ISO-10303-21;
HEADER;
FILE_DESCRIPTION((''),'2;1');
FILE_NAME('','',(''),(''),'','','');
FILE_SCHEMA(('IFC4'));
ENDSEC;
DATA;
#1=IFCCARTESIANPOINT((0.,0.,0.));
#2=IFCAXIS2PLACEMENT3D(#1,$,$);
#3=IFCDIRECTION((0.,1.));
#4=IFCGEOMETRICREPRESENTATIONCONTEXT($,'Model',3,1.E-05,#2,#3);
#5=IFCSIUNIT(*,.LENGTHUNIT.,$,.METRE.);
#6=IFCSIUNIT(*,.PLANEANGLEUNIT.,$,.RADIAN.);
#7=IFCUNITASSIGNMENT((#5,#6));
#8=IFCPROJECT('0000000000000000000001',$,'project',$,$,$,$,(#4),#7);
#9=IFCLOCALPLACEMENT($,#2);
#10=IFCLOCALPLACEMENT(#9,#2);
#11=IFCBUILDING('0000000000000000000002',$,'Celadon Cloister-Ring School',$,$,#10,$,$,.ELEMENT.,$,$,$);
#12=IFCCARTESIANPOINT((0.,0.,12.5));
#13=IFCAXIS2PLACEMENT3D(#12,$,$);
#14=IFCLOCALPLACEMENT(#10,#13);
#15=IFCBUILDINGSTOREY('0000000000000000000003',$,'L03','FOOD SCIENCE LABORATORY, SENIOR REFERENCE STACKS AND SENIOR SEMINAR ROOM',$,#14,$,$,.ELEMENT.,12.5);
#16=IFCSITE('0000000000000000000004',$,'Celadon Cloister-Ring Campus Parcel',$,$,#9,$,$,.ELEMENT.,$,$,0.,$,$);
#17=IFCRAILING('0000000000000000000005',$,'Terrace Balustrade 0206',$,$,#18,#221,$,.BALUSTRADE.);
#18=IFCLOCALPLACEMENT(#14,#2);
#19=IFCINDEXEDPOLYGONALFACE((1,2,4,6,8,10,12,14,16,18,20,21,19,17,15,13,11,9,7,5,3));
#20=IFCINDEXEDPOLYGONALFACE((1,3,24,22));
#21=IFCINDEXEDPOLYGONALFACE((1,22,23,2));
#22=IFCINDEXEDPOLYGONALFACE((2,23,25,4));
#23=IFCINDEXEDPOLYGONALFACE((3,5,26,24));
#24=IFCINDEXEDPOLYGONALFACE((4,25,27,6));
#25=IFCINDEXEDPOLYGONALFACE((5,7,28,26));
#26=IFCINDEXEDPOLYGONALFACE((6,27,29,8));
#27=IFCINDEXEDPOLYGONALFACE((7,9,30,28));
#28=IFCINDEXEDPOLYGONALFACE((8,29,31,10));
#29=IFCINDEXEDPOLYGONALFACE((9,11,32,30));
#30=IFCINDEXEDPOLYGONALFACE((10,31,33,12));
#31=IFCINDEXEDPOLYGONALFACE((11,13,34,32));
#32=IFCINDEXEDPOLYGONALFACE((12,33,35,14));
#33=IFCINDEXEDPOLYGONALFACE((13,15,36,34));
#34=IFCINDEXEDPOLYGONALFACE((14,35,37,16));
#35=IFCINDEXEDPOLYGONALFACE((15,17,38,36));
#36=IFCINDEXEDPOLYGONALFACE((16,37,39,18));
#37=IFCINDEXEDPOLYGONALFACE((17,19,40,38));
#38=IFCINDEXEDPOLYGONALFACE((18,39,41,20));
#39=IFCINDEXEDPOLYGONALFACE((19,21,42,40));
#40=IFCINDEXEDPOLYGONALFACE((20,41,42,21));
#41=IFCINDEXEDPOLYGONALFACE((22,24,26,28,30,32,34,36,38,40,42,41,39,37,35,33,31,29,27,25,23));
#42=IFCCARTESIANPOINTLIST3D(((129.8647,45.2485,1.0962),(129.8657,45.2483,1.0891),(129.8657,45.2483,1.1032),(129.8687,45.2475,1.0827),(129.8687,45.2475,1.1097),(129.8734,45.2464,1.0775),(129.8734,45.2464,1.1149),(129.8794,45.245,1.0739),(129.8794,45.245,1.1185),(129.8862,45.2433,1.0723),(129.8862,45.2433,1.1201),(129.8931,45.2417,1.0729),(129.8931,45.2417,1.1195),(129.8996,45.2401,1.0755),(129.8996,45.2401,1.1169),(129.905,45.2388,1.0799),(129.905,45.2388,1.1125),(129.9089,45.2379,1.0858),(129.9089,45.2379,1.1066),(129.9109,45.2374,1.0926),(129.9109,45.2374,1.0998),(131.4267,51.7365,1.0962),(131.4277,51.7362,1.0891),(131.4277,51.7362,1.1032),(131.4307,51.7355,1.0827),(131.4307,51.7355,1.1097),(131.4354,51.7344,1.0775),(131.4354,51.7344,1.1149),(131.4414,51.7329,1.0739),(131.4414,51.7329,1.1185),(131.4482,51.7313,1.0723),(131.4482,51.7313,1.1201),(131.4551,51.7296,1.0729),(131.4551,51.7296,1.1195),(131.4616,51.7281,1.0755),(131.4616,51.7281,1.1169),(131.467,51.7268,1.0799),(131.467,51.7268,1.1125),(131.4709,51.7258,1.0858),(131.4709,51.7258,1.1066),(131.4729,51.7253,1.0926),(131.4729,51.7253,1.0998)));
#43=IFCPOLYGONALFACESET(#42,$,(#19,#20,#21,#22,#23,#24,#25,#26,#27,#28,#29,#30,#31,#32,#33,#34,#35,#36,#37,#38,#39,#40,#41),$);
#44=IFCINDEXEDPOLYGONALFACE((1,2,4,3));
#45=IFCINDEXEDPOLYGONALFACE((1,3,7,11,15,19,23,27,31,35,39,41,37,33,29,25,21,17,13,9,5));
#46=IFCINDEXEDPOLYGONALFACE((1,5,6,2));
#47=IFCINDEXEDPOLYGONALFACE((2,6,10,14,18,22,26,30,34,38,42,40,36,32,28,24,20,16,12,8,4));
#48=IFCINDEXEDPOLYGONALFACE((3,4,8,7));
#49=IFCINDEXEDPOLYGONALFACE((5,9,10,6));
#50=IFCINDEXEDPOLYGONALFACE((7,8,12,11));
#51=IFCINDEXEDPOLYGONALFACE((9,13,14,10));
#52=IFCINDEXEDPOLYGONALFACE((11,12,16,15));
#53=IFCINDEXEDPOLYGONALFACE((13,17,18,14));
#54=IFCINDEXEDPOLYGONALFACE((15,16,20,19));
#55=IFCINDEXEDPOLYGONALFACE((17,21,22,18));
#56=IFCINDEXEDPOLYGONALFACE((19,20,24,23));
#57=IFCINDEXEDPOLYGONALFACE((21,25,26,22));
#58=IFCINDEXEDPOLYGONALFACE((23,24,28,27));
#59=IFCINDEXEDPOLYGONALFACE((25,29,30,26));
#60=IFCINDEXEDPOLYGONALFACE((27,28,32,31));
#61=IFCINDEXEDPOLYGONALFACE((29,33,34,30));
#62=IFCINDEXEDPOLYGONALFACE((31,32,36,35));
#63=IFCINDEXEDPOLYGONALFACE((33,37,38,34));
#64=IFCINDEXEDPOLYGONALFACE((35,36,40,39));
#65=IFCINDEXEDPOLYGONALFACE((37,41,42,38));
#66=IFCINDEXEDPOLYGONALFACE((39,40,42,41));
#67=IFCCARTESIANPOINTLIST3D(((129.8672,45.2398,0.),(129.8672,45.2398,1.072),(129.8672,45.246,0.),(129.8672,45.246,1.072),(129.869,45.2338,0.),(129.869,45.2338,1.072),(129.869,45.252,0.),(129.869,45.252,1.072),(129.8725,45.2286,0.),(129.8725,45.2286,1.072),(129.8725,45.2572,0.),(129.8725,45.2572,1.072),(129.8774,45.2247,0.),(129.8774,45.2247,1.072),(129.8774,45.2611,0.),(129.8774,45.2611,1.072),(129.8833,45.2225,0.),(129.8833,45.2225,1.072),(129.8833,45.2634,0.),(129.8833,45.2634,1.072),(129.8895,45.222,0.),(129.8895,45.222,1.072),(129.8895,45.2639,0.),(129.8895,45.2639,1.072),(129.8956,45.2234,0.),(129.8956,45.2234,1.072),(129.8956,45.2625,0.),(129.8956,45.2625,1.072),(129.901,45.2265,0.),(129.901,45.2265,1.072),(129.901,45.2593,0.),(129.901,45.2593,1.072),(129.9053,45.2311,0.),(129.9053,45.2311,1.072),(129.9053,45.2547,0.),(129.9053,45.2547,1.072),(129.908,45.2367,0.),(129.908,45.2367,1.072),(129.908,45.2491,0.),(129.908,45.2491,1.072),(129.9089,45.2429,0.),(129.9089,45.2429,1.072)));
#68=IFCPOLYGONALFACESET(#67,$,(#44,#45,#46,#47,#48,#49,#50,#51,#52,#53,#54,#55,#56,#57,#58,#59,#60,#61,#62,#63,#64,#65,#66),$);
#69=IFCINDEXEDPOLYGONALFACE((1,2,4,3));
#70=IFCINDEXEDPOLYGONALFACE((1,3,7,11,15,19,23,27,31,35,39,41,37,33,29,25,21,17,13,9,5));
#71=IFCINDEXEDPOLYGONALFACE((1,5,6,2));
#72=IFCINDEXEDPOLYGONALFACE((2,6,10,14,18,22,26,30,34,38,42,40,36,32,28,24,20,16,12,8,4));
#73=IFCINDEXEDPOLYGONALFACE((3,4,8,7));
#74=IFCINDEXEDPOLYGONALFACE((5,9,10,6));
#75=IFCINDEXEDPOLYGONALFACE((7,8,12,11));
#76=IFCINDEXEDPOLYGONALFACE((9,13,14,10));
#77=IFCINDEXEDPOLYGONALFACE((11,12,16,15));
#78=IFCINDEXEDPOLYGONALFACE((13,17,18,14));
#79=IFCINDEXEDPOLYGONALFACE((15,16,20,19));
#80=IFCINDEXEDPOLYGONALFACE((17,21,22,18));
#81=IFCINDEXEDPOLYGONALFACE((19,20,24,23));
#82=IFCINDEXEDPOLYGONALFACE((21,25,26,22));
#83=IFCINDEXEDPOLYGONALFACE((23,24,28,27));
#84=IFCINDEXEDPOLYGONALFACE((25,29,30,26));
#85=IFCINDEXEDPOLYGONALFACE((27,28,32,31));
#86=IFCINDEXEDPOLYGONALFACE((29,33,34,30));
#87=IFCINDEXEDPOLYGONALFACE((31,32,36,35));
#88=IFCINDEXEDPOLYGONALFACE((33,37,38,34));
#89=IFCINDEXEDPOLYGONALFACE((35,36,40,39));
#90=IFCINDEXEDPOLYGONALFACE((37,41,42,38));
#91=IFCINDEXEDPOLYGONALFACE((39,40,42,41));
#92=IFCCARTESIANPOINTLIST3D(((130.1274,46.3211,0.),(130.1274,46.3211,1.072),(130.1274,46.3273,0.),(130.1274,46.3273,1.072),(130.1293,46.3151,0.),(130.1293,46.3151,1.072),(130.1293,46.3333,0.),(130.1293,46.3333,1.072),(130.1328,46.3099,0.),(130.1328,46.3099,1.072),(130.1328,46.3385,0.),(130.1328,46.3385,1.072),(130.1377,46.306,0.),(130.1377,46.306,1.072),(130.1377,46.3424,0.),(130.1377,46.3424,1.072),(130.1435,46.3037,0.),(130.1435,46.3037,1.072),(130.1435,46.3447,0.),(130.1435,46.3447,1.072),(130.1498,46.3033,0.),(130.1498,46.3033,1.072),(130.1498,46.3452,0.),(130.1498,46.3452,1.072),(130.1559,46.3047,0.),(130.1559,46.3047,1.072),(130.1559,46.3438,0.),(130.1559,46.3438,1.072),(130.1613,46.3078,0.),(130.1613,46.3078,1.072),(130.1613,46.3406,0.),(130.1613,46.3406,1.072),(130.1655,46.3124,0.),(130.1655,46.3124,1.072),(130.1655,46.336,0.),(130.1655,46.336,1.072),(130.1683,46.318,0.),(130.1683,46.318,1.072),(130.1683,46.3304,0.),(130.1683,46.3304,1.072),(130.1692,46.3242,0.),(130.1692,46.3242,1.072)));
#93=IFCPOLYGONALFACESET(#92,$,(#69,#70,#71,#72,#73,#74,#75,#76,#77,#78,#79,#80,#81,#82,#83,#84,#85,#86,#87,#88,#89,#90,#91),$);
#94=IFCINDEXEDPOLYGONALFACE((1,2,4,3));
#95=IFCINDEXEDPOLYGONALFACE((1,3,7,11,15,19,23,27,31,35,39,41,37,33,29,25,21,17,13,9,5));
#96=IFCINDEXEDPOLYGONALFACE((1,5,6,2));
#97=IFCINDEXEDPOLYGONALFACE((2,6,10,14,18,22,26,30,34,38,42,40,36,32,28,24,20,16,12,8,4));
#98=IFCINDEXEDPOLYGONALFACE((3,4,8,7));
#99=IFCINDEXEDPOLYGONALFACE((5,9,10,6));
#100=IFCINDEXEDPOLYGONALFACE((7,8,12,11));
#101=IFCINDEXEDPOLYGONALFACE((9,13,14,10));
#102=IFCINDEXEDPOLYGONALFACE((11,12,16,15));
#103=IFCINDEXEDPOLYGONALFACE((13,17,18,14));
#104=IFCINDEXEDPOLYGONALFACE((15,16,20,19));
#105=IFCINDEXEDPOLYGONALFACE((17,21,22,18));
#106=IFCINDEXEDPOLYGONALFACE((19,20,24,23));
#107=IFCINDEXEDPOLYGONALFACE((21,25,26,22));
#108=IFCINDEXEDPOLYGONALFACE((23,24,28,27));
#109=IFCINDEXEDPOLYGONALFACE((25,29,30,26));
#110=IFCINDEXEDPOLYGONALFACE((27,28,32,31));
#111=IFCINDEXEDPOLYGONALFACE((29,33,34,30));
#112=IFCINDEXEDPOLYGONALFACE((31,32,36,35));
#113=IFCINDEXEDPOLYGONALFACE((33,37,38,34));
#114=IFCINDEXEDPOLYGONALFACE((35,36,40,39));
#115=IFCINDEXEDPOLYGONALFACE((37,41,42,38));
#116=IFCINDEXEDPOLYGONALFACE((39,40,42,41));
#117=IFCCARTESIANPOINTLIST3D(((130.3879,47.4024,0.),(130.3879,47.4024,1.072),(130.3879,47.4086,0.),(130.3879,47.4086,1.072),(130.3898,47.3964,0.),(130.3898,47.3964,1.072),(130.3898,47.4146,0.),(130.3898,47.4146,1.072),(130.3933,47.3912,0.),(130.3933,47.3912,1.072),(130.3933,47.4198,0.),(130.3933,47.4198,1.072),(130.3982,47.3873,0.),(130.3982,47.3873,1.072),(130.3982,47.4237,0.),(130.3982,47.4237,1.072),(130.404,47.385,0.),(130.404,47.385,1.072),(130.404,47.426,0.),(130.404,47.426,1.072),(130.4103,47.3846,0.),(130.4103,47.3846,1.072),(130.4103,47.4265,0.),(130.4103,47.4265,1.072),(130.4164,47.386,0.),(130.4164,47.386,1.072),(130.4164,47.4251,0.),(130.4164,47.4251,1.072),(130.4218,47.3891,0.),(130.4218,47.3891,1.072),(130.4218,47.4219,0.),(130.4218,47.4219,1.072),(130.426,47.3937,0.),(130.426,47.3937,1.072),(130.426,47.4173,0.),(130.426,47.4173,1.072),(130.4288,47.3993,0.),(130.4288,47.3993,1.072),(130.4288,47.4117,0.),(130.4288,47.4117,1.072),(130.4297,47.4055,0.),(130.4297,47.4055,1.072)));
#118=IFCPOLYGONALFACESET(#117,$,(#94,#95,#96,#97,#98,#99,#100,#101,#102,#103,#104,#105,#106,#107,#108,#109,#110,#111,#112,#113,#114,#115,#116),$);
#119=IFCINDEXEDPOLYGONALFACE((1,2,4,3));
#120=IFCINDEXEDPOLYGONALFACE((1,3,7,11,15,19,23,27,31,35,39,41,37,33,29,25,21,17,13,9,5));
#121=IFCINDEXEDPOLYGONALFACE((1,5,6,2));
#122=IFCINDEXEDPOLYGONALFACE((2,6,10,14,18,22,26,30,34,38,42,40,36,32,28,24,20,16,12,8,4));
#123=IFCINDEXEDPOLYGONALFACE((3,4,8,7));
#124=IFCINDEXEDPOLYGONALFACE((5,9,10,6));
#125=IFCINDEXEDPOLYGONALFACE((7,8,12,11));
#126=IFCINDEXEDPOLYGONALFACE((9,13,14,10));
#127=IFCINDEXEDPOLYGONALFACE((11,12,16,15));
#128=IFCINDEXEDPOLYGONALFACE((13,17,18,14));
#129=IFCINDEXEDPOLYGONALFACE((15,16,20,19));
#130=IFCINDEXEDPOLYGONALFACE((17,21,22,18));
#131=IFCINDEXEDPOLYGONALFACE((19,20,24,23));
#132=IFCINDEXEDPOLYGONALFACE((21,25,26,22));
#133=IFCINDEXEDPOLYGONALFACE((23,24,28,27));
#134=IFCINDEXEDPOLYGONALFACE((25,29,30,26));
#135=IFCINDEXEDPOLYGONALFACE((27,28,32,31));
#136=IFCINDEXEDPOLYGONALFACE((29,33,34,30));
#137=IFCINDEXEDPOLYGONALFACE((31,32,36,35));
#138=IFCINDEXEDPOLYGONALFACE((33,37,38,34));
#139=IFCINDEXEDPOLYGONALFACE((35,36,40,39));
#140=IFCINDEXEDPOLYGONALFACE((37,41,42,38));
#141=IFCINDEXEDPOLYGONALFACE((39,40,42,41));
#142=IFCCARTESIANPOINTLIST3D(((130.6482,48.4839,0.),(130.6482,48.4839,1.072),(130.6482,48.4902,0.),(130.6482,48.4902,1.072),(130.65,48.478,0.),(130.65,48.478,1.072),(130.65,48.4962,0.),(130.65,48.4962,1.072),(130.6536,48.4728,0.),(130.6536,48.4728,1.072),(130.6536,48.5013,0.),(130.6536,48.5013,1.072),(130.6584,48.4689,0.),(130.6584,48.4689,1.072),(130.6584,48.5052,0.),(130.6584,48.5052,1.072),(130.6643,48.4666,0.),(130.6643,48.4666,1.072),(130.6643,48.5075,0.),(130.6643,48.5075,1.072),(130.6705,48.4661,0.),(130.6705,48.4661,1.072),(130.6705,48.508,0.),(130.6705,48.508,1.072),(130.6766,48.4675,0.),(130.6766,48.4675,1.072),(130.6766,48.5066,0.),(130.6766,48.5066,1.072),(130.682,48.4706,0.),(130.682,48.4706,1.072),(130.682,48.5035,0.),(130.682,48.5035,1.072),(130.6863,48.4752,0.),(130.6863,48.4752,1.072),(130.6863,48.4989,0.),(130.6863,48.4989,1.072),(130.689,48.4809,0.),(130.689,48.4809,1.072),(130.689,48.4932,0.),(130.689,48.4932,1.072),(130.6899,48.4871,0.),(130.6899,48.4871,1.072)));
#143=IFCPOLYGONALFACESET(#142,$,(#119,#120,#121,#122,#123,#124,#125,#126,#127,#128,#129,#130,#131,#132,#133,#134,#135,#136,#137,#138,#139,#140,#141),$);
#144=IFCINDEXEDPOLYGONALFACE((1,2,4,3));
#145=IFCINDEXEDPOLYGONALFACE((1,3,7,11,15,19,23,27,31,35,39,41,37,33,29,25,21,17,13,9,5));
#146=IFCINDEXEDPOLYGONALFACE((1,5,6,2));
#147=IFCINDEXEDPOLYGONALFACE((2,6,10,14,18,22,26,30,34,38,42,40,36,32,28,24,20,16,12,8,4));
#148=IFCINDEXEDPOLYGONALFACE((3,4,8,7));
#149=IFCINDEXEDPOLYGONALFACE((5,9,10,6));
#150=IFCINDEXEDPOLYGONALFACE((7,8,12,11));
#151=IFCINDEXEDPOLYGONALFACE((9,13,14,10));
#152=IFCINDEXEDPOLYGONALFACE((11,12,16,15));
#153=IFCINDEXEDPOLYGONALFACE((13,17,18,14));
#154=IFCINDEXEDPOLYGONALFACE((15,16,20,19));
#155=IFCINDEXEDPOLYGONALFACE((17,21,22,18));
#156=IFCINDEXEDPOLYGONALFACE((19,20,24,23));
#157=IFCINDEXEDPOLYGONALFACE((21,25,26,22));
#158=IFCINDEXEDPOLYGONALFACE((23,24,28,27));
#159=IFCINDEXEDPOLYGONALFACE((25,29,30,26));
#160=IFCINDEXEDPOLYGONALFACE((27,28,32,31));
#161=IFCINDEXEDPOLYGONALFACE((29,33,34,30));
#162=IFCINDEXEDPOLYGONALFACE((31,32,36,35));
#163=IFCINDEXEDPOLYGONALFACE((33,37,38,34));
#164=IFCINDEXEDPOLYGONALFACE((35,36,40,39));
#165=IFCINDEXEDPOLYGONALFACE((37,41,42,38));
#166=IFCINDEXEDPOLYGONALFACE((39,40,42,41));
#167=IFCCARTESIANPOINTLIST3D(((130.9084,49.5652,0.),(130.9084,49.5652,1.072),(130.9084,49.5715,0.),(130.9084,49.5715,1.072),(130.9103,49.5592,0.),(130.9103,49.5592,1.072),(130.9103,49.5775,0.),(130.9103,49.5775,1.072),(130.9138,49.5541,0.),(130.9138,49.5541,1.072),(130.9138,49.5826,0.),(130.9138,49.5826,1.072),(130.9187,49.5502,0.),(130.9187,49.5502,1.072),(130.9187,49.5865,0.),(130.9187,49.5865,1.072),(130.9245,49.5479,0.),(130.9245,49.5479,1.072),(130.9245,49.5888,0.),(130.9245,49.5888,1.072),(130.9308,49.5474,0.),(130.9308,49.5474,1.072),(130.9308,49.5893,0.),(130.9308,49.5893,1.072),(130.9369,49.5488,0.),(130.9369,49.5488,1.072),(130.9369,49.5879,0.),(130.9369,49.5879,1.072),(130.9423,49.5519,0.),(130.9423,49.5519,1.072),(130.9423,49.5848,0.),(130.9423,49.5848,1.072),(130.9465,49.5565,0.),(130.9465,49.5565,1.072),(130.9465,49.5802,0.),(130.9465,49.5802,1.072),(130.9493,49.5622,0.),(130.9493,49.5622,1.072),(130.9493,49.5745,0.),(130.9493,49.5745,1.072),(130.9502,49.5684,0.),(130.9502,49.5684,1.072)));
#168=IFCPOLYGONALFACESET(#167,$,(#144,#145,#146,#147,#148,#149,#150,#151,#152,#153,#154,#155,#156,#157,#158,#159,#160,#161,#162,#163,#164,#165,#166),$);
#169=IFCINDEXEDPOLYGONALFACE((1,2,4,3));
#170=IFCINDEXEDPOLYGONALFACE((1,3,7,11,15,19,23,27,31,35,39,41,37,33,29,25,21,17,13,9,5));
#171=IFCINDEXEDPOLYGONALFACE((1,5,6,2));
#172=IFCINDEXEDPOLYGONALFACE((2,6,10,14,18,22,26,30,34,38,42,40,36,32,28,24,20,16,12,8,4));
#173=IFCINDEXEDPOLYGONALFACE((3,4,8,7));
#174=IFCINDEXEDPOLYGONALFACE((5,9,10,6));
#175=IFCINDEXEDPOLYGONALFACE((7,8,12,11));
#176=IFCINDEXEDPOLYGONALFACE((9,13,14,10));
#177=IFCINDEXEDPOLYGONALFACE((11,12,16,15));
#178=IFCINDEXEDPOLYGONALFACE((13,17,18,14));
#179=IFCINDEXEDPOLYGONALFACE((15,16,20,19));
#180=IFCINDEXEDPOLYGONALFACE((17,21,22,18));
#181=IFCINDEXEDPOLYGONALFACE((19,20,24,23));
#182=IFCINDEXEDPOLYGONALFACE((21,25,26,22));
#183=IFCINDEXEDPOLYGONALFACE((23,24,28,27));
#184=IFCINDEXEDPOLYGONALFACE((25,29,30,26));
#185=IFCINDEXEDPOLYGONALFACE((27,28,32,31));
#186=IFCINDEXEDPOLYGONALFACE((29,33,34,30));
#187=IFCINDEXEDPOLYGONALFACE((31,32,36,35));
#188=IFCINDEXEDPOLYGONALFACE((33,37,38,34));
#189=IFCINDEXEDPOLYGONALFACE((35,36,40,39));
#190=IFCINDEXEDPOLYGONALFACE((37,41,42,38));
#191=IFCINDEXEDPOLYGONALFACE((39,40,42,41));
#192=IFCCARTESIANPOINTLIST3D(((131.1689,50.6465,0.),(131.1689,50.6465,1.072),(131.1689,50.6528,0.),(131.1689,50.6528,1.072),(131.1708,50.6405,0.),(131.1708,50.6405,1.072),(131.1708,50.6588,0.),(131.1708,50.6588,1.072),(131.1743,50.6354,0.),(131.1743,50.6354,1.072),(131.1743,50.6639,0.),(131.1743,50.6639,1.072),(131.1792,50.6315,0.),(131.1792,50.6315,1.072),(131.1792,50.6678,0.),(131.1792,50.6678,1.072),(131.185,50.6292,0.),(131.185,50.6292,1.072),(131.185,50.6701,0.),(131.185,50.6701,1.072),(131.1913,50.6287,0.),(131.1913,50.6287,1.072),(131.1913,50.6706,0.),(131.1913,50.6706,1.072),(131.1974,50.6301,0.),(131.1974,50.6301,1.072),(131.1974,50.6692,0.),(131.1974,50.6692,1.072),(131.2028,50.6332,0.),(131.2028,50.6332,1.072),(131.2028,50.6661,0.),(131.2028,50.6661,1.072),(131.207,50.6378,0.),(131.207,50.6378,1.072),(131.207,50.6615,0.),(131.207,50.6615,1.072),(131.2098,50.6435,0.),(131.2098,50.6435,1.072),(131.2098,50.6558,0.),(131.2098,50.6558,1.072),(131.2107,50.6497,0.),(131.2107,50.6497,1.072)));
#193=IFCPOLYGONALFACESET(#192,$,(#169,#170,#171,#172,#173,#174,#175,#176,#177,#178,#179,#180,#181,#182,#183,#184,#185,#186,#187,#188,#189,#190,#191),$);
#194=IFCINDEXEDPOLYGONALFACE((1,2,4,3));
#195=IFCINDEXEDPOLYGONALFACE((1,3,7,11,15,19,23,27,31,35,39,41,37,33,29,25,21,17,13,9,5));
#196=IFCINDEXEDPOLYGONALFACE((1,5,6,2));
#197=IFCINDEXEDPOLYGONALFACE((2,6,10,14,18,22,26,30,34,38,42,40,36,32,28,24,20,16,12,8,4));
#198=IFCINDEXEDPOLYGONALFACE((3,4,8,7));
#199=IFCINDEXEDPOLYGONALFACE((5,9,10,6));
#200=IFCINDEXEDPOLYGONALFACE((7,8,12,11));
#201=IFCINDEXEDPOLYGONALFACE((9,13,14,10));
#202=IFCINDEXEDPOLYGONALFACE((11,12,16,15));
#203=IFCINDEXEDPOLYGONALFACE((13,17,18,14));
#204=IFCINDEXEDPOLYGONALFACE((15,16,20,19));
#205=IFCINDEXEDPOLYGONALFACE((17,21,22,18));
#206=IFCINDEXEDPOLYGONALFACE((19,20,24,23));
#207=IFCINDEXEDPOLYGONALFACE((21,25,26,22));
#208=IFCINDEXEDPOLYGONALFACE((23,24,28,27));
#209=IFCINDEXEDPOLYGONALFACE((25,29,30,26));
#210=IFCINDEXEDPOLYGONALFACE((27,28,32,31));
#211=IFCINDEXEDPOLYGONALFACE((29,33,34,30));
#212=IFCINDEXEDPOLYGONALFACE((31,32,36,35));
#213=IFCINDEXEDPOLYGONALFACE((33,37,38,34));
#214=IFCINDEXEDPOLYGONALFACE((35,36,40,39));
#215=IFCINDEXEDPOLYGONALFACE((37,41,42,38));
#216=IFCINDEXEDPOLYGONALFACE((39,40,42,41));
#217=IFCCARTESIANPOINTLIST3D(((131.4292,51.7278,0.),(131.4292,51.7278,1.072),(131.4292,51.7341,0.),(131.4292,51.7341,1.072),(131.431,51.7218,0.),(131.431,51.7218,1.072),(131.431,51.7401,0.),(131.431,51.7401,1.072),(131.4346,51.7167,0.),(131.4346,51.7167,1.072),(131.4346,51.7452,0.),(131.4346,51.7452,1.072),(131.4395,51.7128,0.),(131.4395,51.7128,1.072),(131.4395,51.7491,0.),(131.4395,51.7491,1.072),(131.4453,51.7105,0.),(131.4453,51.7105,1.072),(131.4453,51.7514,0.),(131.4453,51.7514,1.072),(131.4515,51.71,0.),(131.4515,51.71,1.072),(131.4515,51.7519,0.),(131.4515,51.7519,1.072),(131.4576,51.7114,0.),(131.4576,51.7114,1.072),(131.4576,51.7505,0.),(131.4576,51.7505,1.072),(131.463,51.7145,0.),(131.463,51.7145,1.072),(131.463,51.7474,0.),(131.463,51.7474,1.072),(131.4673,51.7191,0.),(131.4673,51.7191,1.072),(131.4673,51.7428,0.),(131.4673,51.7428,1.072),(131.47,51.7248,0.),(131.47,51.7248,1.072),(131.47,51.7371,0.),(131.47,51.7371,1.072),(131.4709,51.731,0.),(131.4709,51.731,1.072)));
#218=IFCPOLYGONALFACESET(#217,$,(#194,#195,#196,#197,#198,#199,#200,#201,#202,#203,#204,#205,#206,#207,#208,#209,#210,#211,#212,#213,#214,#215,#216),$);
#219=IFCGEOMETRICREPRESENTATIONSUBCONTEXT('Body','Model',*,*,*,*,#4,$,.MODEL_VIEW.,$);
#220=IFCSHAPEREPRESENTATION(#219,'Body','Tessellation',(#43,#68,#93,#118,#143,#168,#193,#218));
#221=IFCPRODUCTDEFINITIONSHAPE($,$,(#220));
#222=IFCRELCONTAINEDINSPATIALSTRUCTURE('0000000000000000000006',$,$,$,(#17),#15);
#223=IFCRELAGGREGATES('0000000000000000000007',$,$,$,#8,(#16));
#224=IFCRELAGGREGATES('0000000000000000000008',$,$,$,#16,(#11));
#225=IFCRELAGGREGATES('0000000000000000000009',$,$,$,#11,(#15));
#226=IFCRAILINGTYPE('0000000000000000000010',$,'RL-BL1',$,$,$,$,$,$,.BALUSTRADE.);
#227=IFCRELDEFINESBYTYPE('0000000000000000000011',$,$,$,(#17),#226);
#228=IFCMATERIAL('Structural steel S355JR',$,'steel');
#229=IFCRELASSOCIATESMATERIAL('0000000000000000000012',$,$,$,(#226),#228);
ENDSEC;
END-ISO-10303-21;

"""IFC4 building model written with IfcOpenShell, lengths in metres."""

from ifc_helpers import new_model, si_unit, direction, frame, origin, origin_2d, place, context, subcontext, project, spatial, circle, extrude, material, type_object, element, save


model = new_model("IFC4")

# Units and contexts
model_context = context("Model", 3, precision=1e-05, world=origin(), true_north=direction((0.0, 1.0)))
body_context = subcontext(model_context, "Body", "Model", "MODEL_VIEW")
ifc_project = project(units=[si_unit("LENGTHUNIT", "METRE"), si_unit("PLANEANGLEUNIT", "RADIAN")], contexts=[model_context])

# Site, building, storey
site_placement = place(None, origin())
site = spatial("IfcSite", under=ifc_project, at=site_placement, Name="Celadon Cloister-Ring Campus Parcel", CompositionType="ELEMENT", RefElevation=0.0)
building_placement = place(site_placement, origin())
building = spatial("IfcBuilding", under=site, at=building_placement, Name="Celadon Cloister-Ring School", CompositionType="ELEMENT")
storey_placement = place(building_placement, frame((0.0, 0.0, 12.5)))
storey = spatial("IfcBuildingStorey", under=building, at=storey_placement, Name="L03", Description="FOOD SCIENCE LABORATORY, SENIOR REFERENCE STACKS AND SENIOR SEMINAR ROOM", CompositionType="ELEMENT", Elevation=12.5)

# Railing
ifc_material_1 = material(Name="Structural steel S355JR", Category="steel")
railing_type = type_object("IfcRailingType", Name="RL-BL1", PredefinedType="BALUSTRADE", material=ifc_material_1)
railing_placement = place(storey_placement, frame((129.8879, 45.2429, 0.0)))
element("IfcRailing", 1, at=railing_placement, inside=storey, type_object=railing_type, Name="Terrace Balustrade 0206", PredefinedType="BALUSTRADE", context=body_context, shape_type="SweptSolid", body=[
    extrude(circle(Radius=0.0239, at=origin_2d()), frame((0.0, 0.0, 1.0962), z_axis=(0.234065, 0.972221, 0.0), x_axis=(-0.972221, 0.234065, 0.0)), (0.0, 0.0, 1.0), 6.6733),
    extrude(circle(Radius=0.021, at=origin_2d()), origin(), (0.0, 0.0, 1.0), 1.072),
    extrude(circle(Radius=0.021, at=origin_2d()), frame((0.2603, 1.0813, 0.0)), (0.0, 0.0, 1.0), 1.072),
    extrude(circle(Radius=0.021, at=origin_2d()), frame((0.5208, 2.1626, 0.0)), (0.0, 0.0, 1.0), 1.072),
    extrude(circle(Radius=0.021, at=origin_2d()), frame((0.781, 3.2441, 0.0)), (0.0, 0.0, 1.0), 1.072),
    extrude(circle(Radius=0.021, at=origin_2d()), frame((1.0413, 4.3254, 0.0)), (0.0, 0.0, 1.0), 1.072),
    extrude(circle(Radius=0.021, at=origin_2d()), frame((1.3018, 5.4067, 0.0)), (0.0, 0.0, 1.0), 1.072),
    extrude(circle(Radius=0.021, at=origin_2d()), frame((1.562, 6.488, 0.0)), (0.0, 0.0, 1.0), 1.072),
])

save(model, "model.ifc")
